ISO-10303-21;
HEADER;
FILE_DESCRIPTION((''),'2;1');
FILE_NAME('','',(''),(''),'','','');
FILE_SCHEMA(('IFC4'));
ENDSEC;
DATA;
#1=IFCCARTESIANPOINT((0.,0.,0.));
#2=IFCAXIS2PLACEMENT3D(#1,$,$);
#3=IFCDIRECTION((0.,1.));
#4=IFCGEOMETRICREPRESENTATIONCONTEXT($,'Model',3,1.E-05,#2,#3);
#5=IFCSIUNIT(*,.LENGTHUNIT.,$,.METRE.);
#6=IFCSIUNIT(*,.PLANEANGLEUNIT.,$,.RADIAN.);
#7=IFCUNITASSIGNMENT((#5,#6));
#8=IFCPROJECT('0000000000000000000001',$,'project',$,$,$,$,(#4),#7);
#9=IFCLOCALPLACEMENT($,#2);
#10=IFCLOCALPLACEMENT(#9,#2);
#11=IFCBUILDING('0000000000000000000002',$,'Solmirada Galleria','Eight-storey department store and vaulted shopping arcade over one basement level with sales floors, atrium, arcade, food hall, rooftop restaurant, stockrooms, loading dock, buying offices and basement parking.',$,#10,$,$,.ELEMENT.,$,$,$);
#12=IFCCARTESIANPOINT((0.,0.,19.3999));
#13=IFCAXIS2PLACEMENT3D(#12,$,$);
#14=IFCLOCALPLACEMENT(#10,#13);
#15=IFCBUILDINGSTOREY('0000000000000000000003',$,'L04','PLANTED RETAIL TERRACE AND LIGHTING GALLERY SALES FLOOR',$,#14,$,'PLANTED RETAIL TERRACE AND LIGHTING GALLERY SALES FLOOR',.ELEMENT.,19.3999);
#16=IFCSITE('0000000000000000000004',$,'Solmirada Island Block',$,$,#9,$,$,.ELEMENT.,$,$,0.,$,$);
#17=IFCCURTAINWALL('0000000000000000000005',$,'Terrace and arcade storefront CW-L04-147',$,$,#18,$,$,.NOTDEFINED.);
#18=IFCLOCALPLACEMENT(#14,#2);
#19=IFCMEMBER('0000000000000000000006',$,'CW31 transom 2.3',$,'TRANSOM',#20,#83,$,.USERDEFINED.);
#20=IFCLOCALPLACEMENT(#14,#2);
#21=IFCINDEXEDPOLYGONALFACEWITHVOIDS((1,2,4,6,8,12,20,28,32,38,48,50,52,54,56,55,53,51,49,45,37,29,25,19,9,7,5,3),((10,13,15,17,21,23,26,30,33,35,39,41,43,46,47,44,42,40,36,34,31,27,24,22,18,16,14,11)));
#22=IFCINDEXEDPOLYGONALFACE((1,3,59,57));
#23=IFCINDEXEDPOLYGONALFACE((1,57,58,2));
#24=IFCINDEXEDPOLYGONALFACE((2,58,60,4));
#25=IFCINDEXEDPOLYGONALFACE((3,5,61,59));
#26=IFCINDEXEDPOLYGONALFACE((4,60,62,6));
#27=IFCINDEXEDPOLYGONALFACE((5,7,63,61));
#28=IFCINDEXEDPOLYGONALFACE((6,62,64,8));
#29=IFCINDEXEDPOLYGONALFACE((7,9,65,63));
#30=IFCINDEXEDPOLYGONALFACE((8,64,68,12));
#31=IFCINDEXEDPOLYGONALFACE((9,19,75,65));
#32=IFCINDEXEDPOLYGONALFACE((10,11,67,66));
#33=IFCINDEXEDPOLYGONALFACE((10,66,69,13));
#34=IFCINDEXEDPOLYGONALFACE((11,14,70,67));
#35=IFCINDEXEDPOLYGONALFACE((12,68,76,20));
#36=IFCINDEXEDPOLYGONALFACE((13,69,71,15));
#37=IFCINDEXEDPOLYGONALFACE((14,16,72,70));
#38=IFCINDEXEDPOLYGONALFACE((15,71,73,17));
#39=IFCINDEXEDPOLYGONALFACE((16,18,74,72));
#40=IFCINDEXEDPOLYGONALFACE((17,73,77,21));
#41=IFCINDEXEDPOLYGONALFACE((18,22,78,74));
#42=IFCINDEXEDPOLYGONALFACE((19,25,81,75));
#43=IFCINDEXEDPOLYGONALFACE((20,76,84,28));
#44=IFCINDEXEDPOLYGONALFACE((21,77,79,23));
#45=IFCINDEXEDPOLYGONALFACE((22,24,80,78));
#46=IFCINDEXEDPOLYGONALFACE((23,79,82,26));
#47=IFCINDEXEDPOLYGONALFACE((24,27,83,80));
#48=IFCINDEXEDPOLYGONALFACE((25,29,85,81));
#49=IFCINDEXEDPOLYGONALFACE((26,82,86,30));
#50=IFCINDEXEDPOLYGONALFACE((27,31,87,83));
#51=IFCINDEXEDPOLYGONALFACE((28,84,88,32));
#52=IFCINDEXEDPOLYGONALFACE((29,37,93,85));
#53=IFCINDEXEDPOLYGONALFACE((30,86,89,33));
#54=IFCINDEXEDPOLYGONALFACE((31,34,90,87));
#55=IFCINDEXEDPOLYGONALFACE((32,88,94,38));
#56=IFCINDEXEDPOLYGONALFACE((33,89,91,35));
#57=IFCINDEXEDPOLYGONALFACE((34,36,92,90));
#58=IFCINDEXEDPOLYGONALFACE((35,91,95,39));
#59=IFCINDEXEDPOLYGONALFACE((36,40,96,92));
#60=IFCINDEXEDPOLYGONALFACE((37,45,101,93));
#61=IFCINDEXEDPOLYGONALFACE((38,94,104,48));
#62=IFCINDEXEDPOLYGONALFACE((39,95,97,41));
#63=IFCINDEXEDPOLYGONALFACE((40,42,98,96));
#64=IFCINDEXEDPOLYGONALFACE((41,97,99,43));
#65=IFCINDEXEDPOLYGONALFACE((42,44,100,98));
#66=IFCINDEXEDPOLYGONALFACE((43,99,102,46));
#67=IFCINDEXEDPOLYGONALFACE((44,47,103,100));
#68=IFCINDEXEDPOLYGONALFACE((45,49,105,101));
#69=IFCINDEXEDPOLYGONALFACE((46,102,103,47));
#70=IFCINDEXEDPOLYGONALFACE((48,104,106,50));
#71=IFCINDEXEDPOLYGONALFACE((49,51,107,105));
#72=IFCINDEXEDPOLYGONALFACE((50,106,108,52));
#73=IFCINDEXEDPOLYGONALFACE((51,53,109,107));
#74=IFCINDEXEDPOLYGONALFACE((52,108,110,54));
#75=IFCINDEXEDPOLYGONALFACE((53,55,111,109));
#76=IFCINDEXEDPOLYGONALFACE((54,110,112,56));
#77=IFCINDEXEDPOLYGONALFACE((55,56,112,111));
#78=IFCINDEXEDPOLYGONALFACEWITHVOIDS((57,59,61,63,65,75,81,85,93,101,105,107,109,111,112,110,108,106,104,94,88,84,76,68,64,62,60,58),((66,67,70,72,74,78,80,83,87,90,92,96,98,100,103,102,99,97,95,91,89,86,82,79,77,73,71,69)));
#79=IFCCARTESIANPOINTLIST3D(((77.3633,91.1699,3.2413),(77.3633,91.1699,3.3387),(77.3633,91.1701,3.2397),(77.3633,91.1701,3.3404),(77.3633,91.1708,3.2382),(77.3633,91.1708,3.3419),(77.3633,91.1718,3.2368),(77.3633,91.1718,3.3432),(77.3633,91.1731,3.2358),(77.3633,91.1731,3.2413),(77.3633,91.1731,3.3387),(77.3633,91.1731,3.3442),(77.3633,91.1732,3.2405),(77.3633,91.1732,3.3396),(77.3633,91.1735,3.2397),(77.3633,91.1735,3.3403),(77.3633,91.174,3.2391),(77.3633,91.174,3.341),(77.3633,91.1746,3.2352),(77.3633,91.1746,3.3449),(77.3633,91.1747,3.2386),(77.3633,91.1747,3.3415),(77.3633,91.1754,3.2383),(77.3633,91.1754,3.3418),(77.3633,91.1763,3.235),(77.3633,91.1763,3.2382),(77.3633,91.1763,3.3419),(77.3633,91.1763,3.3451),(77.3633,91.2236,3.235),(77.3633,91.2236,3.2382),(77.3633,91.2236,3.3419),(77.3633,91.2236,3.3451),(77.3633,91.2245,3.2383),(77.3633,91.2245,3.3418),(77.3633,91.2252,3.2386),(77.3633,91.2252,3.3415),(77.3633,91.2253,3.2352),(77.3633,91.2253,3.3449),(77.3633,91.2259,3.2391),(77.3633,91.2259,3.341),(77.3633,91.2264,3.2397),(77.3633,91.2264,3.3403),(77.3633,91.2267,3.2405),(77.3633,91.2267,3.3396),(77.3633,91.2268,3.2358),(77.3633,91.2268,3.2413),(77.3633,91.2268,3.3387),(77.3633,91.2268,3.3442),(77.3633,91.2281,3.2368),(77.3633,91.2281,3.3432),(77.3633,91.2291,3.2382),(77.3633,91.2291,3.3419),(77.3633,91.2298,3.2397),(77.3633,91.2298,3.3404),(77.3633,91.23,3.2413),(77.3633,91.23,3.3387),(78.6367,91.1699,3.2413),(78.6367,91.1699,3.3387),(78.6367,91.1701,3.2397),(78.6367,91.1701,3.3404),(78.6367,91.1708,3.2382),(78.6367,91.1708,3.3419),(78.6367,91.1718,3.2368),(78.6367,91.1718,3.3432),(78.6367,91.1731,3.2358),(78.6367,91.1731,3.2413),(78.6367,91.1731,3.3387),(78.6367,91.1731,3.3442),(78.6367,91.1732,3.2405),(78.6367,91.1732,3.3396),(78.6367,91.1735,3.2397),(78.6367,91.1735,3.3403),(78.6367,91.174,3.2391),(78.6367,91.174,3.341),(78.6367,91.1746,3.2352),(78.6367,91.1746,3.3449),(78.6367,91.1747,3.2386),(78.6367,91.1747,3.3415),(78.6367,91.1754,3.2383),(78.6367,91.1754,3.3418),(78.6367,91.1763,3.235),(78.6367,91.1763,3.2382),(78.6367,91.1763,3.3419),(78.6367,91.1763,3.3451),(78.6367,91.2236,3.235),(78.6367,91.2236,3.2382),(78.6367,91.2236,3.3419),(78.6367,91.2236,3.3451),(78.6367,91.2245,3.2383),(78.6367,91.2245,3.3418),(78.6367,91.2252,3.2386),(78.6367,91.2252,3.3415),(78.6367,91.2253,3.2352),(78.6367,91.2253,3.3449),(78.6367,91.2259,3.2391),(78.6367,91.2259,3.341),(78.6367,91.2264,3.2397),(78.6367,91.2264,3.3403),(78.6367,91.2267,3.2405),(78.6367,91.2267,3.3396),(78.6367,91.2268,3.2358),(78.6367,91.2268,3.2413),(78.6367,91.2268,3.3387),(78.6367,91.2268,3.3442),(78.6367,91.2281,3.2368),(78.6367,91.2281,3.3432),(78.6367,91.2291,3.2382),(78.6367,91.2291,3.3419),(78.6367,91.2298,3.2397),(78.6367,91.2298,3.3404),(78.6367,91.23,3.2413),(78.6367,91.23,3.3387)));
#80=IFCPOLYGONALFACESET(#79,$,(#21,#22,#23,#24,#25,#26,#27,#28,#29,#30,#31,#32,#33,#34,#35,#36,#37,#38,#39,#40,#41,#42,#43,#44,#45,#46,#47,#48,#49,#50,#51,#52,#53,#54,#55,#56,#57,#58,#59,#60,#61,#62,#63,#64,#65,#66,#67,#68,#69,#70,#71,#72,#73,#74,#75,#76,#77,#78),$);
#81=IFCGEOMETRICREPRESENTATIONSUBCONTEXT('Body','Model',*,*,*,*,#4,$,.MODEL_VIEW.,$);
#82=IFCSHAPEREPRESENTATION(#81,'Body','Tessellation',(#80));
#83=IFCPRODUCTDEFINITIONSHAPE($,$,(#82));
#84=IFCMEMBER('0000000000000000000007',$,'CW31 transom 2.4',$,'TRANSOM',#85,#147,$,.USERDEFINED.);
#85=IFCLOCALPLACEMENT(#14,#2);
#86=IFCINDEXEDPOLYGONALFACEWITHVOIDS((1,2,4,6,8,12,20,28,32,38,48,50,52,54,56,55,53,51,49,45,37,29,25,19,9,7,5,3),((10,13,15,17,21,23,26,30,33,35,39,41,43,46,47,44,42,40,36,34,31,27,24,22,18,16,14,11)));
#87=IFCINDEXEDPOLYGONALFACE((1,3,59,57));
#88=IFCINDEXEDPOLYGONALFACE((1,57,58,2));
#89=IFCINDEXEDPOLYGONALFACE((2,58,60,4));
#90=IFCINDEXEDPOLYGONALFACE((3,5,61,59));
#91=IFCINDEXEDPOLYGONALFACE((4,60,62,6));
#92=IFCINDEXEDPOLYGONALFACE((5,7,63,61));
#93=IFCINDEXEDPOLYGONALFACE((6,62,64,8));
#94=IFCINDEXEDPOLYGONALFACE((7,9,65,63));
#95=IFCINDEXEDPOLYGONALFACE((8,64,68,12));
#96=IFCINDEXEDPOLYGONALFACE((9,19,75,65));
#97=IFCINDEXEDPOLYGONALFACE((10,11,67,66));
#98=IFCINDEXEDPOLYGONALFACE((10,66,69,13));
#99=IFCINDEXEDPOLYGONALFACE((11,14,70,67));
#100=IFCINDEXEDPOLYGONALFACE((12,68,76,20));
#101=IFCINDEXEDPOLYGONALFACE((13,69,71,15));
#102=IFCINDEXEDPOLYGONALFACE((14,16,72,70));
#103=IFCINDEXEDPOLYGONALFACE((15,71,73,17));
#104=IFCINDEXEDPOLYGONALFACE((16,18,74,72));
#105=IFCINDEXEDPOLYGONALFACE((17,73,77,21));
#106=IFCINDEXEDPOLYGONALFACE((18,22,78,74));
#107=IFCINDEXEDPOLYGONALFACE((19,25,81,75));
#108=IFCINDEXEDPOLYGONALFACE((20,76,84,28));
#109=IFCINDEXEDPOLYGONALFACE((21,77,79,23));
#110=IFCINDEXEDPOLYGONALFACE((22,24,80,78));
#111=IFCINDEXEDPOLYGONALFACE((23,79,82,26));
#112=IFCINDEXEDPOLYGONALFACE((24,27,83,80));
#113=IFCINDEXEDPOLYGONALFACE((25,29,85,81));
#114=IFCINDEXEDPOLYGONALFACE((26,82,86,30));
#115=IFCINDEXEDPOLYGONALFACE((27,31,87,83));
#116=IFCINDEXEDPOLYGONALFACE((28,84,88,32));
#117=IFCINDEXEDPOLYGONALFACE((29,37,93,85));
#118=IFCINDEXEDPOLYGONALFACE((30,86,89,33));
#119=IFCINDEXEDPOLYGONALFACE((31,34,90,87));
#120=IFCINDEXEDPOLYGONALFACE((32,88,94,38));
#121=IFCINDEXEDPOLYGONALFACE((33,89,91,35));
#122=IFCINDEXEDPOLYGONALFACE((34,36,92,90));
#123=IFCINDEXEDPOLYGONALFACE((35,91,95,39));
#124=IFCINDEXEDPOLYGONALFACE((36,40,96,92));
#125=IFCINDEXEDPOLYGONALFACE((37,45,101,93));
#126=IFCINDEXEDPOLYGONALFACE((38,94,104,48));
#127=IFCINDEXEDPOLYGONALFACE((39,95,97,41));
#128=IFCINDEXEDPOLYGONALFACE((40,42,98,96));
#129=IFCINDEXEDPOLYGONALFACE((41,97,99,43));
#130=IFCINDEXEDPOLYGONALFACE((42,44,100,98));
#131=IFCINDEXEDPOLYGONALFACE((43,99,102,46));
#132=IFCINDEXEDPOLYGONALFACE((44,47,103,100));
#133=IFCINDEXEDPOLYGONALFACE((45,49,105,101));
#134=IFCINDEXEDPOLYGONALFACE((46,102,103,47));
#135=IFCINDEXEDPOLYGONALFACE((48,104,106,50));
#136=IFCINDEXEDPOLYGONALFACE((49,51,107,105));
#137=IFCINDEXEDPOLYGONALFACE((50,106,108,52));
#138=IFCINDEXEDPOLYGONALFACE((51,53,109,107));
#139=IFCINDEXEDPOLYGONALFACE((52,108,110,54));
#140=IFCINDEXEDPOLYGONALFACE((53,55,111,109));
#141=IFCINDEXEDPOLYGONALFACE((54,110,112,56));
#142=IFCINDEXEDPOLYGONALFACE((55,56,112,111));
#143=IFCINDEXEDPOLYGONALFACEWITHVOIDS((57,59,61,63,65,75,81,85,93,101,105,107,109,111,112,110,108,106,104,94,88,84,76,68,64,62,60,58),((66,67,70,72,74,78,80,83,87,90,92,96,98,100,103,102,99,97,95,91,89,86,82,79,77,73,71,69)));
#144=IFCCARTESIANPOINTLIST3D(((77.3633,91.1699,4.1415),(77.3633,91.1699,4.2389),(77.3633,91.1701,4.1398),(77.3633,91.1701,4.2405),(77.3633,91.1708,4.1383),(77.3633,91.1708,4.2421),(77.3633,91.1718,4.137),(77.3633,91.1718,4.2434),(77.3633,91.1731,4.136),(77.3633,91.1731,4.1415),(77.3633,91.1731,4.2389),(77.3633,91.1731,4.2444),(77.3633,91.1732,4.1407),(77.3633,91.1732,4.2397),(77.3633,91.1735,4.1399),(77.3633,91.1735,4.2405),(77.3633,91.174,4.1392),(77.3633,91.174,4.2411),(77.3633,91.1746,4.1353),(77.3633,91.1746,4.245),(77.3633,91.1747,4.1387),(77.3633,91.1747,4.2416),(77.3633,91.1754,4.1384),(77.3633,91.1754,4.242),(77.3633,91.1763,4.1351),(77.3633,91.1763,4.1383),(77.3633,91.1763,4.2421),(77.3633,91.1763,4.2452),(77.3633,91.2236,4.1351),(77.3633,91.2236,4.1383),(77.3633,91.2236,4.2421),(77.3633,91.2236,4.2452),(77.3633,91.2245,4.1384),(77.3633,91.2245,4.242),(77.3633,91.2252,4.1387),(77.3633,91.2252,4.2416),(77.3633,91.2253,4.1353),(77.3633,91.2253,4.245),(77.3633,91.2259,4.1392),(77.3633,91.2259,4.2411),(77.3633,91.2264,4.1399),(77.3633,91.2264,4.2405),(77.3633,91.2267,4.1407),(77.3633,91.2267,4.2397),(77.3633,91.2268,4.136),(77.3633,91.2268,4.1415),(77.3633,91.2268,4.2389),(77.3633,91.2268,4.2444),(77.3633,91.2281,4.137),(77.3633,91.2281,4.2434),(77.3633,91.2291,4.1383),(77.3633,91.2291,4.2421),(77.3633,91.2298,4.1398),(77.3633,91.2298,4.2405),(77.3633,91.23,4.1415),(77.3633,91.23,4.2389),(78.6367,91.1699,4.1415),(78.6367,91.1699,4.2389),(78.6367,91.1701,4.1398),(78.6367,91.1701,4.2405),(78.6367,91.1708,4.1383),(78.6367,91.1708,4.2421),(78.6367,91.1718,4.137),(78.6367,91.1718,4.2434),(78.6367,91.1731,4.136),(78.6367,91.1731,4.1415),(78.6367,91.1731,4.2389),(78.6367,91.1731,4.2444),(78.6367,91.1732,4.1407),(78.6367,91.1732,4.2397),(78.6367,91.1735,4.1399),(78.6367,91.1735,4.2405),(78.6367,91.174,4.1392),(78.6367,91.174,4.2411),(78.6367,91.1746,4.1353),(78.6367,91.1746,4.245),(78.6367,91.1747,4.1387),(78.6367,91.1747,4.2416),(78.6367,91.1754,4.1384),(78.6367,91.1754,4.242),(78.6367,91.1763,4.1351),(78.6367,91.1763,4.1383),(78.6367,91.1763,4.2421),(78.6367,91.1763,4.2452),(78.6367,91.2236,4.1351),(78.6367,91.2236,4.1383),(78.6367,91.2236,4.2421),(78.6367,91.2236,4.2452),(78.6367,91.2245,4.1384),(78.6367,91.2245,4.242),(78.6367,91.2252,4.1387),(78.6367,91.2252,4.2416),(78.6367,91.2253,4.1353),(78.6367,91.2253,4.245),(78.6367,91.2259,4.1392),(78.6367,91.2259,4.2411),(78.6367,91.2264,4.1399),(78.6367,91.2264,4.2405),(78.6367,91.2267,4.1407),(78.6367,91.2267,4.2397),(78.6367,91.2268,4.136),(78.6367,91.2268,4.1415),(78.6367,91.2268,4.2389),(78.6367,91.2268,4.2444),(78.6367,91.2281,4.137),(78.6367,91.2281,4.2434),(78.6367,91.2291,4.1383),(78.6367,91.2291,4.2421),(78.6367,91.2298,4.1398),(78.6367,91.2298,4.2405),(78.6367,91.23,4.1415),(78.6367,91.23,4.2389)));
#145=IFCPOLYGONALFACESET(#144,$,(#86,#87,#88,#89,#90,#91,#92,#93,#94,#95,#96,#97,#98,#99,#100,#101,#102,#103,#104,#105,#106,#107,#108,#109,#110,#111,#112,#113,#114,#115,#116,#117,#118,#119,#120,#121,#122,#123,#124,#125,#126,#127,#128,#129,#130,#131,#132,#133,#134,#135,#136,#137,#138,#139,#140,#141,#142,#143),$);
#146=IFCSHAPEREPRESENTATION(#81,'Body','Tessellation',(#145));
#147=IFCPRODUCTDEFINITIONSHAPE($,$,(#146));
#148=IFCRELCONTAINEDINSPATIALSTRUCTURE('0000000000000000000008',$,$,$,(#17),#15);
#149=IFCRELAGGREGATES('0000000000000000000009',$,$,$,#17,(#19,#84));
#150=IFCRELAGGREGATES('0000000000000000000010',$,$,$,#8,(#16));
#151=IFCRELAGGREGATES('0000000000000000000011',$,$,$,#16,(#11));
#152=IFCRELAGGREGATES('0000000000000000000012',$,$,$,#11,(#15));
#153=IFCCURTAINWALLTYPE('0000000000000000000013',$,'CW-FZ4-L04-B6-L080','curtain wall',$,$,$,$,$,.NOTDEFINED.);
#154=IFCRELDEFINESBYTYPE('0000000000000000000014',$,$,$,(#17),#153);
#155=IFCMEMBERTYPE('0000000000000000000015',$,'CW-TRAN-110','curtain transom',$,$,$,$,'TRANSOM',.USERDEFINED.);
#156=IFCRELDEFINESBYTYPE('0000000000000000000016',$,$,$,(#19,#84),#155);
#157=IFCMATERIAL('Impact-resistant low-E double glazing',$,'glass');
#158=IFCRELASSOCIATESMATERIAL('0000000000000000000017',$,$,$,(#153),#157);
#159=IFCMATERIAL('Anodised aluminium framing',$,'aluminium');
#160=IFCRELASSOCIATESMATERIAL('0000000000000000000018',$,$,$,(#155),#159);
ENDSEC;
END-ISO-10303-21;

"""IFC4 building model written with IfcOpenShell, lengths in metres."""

from ifc_helpers import new_model, si_unit, direction, frame, origin, origin_2d, place, context, subcontext, project, spatial, hollow_rectangle, extrude, material, material_profile, profile_set, type_object, element, aggregate, save


model = new_model("IFC4")

# Units and contexts
model_context = context("Model", 3, precision=1e-05, world=origin(), true_north=direction((0.0, 1.0)))
body_context = subcontext(model_context, "Body", "Model", "MODEL_VIEW")
ifc_project = project(units=[si_unit("LENGTHUNIT", "METRE"), si_unit("PLANEANGLEUNIT", "RADIAN")], contexts=[model_context])

# Site, building, storey
site_placement = place(None, origin())
site = spatial("IfcSite", under=ifc_project, at=site_placement, Name="Solmirada Island Block", CompositionType="ELEMENT", RefElevation=0.0)
building_placement = place(site_placement, origin())
building = spatial("IfcBuilding", under=site, at=building_placement, Name="Solmirada Galleria", Description="Eight-storey department store and vaulted shopping arcade over one basement level with sales floors, atrium, arcade, food hall, rooftop restaurant, stockrooms, loading dock, buying offices and basement parking.", CompositionType="ELEMENT")
storey_placement = place(building_placement, frame((0.0, 0.0, 19.3999)))
storey = spatial("IfcBuildingStorey", under=building, at=storey_placement, Name="L04", Description="PLANTED RETAIL TERRACE AND LIGHTING GALLERY SALES FLOOR", LongName="PLANTED RETAIL TERRACE AND LIGHTING GALLERY SALES FLOOR", CompositionType="ELEMENT", Elevation=19.3999)

# Curtain wall, members
ifc_material_1 = material(Name="Impact-resistant low-E double glazing", Category="glass")
curtain_wall_type = type_object("IfcCurtainWallType", Name="CW-FZ4-L04-B6-L080", Description="curtain wall", PredefinedType="NOTDEFINED", material=ifc_material_1)
curtain_wall_placement = place(storey_placement, origin())
curtain_wall = element("IfcCurtainWall", 1, at=curtain_wall_placement, inside=storey, type_object=curtain_wall_type, Name="Terrace and arcade storefront CW-L04-147", PredefinedType="NOTDEFINED")
ifc_material_2 = material(Name="Anodised aluminium framing", Category="aluminium")
ifc_material_profile_1 = material_profile(ifc_material_2, hollow_rectangle(XDim=0.0601, YDim=0.1101, WallThickness=0.0032, InnerFilletRadius=0.0032, OuterFilletRadius=0.0063, at=origin_2d()), Name="ALU-TRAN-110X60")
ifc_profile_set_1 = profile_set([ifc_material_profile_1], Name="Anodised aluminium framing")
member_type_1 = type_object("IfcMemberType", Name="CW-TRAN-110", Description="curtain transom", ElementType="TRANSOM", PredefinedType="USERDEFINED", material=ifc_profile_set_1)
member_1_placement = place(storey_placement, frame((78.6367, 91.2, 3.29), z_axis=(-1.0, 0.0, 0.0), x_axis=(0.0, -1.0, 0.0)))
member_1 = element("IfcMember", 2, at=member_1_placement, type_object=member_type_1, Name="CW31 transom 2.3", ObjectType="TRANSOM", PredefinedType="USERDEFINED", context=body_context, shape_type="SweptSolid", body=[
    extrude(hollow_rectangle(XDim=0.0601, YDim=0.1101, WallThickness=0.0032, InnerFilletRadius=0.0032, OuterFilletRadius=0.0063, at=origin_2d()), origin(), (0.0, 0.0, 1.0), 1.2734),
])
member_2_placement = place(storey_placement, frame((78.6367, 91.2, 4.1902), z_axis=(-1.0, 0.0, 0.0), x_axis=(0.0, -1.0, 0.0)))
member_2 = element("IfcMember", 3, at=member_2_placement, type_object=member_type_1, Name="CW31 transom 2.4", ObjectType="TRANSOM", PredefinedType="USERDEFINED", context=body_context, shape_type="SweptSolid", body=[
    extrude(hollow_rectangle(XDim=0.0601, YDim=0.1101, WallThickness=0.0032, InnerFilletRadius=0.0032, OuterFilletRadius=0.0063, at=origin_2d()), origin(), (0.0, 0.0, 1.0), 1.2734),
])
aggregate(curtain_wall, [member_1, member_2])

save(model, "model.ifc")
